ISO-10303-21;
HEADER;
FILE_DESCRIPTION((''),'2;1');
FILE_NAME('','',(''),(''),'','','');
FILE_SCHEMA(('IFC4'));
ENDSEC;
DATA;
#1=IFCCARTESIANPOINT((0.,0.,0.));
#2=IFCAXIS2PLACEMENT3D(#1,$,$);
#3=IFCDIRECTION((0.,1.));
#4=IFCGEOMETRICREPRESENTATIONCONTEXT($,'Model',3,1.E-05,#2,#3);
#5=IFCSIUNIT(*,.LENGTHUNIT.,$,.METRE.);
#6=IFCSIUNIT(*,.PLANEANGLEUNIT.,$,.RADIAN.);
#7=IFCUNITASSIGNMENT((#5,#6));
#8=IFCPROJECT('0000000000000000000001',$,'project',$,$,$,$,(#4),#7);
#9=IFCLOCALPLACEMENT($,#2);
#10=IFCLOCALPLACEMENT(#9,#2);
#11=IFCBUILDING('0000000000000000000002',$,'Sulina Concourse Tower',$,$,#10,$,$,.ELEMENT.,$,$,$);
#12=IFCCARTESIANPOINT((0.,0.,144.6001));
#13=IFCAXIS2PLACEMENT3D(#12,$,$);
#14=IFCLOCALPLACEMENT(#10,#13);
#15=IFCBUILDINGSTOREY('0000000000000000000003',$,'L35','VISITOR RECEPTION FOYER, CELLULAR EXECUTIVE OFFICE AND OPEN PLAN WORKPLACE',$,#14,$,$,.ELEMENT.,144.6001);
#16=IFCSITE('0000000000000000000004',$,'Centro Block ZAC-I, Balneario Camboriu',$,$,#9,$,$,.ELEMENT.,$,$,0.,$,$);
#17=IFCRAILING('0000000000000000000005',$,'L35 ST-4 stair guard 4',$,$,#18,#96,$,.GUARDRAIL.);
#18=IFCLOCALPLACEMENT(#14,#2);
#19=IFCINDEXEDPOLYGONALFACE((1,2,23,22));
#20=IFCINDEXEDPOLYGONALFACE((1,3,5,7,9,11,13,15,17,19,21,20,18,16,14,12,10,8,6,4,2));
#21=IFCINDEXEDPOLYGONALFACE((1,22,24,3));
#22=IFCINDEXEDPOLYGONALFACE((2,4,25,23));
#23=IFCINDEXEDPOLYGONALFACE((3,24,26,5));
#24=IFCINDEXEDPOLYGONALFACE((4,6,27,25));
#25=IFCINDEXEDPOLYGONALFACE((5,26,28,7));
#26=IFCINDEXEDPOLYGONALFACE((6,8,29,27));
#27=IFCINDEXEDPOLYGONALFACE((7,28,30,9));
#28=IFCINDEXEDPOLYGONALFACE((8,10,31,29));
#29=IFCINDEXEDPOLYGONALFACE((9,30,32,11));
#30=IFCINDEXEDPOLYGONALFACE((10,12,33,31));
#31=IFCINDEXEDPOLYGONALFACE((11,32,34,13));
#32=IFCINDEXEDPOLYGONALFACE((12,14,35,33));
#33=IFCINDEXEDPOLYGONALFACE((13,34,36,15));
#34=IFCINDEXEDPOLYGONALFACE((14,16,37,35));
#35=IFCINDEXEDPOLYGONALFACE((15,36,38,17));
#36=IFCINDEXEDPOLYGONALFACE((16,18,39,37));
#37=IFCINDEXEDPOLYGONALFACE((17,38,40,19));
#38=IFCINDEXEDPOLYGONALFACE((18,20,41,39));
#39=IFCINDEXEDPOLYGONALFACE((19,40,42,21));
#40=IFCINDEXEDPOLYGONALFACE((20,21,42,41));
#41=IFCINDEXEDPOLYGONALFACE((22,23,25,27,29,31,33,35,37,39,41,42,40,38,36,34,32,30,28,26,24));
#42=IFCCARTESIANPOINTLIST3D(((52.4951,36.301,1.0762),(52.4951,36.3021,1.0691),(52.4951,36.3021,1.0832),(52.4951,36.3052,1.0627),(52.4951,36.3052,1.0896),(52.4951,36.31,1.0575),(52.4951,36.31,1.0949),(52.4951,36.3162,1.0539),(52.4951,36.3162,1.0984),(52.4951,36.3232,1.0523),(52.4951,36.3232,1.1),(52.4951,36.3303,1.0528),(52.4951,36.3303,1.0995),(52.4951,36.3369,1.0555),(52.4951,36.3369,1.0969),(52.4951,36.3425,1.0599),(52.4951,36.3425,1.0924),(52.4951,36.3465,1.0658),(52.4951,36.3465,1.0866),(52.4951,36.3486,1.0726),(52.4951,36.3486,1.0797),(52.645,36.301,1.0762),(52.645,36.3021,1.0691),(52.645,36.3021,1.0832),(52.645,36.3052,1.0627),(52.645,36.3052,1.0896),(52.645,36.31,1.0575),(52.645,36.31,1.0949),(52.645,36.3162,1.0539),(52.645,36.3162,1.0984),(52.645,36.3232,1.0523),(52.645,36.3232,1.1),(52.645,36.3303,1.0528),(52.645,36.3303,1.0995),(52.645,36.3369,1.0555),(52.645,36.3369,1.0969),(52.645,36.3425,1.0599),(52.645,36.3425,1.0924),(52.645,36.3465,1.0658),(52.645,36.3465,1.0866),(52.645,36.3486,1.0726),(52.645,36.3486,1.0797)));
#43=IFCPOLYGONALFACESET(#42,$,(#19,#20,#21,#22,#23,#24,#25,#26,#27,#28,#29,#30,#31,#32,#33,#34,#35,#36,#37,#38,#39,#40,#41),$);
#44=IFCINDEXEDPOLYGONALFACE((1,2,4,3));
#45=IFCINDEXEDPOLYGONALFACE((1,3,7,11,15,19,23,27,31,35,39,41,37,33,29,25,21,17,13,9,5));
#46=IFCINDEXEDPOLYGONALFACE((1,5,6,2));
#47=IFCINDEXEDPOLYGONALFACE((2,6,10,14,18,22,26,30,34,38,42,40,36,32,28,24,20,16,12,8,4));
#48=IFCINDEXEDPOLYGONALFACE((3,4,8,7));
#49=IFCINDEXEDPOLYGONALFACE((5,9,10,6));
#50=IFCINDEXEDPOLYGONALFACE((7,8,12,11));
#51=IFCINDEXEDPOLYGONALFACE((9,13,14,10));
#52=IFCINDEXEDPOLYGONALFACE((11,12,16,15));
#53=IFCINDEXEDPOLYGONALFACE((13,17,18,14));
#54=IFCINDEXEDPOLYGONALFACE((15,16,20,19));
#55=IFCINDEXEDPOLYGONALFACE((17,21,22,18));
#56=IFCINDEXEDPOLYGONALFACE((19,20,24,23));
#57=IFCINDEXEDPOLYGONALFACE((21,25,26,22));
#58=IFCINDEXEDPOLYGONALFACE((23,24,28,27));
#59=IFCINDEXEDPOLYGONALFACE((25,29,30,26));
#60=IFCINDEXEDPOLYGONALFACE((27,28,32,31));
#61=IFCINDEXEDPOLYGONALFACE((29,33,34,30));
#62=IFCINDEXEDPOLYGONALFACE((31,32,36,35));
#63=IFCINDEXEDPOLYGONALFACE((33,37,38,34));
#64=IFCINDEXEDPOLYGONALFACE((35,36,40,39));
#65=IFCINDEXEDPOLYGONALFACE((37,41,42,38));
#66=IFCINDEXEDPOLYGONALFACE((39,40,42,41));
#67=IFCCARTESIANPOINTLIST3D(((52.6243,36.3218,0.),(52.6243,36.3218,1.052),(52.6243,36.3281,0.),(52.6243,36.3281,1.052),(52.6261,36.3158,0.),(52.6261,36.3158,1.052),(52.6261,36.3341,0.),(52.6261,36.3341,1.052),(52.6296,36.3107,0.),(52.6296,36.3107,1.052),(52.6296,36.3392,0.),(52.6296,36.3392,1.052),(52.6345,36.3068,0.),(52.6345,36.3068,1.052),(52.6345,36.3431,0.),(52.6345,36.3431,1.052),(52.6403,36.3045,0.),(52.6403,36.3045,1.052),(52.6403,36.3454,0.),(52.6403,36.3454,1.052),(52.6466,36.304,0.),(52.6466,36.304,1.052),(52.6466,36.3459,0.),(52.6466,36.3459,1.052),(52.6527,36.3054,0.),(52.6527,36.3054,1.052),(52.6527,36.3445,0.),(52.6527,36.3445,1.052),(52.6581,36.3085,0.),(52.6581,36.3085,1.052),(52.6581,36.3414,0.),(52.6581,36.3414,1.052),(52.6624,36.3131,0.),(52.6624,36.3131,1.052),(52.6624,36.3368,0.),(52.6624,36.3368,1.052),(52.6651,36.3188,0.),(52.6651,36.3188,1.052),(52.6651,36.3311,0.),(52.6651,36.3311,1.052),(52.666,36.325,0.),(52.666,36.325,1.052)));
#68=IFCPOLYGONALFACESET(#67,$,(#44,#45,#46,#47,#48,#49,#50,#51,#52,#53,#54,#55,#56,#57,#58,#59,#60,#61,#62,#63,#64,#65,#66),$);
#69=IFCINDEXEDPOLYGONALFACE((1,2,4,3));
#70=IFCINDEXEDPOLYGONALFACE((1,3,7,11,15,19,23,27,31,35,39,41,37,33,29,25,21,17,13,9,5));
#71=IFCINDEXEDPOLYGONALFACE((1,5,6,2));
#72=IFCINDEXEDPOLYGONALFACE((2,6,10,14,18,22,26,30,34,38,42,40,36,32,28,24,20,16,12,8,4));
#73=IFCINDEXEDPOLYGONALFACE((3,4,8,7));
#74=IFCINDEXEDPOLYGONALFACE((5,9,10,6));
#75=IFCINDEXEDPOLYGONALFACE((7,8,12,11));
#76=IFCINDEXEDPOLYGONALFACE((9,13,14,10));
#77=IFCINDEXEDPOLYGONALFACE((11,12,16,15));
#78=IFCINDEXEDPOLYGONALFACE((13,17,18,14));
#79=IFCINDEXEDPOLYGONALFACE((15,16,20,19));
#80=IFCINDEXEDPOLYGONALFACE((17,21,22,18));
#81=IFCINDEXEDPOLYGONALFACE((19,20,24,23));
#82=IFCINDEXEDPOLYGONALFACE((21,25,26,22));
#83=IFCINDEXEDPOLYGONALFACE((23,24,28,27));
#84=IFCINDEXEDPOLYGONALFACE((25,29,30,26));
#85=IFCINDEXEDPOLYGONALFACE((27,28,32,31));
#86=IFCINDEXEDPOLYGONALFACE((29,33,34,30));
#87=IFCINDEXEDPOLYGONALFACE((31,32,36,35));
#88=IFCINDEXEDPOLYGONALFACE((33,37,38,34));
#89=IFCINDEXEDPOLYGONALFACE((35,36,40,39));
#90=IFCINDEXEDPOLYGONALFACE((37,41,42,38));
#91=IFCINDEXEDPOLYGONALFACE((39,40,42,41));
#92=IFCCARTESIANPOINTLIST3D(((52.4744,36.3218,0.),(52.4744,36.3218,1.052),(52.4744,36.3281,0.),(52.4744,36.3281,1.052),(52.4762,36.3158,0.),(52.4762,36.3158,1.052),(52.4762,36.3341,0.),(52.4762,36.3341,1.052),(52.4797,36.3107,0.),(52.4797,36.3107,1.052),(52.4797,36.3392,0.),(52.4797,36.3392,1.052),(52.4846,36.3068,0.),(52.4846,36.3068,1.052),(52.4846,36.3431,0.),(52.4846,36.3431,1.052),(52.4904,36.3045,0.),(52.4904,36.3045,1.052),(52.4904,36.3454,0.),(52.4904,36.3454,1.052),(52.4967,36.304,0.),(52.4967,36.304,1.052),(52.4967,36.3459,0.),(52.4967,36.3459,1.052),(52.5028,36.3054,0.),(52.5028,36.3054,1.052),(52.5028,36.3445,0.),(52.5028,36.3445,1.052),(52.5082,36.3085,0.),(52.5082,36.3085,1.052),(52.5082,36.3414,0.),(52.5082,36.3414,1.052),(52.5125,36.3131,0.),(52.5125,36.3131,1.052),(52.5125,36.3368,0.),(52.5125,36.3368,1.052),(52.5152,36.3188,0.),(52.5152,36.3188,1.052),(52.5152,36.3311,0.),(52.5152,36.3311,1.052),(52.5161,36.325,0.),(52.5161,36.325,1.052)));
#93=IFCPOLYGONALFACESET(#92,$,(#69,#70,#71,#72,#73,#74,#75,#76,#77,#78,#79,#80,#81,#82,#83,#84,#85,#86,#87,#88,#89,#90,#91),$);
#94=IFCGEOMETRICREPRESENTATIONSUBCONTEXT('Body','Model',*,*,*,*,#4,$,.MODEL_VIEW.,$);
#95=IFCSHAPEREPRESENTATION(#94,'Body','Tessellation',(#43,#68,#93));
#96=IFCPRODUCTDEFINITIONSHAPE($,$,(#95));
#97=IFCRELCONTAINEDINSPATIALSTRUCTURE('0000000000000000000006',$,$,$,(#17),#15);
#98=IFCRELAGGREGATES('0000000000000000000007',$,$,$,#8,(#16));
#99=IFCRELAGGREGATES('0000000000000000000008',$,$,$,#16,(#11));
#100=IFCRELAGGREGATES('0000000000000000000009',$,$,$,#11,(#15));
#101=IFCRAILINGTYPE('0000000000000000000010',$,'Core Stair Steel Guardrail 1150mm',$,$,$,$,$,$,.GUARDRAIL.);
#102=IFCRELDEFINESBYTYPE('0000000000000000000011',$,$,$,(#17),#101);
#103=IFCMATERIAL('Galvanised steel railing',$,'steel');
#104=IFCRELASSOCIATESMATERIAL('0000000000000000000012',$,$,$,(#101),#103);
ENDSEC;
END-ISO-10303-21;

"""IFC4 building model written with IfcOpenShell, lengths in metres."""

from ifc_helpers import new_model, si_unit, direction, frame, origin, origin_2d, place, context, subcontext, project, spatial, circle, extrude, material, type_object, element, save


model = new_model("IFC4")

# Units and contexts
model_context = context("Model", 3, precision=1e-05, world=origin(), true_north=direction((0.0, 1.0)))
body_context = subcontext(model_context, "Body", "Model", "MODEL_VIEW")
ifc_project = project(units=[si_unit("LENGTHUNIT", "METRE"), si_unit("PLANEANGLEUNIT", "RADIAN")], contexts=[model_context])

# Site, building, storey
site_placement = place(None, origin())
site = spatial("IfcSite", under=ifc_project, at=site_placement, Name="Centro Block ZAC-I, Balneario Camboriu", CompositionType="ELEMENT", RefElevation=0.0)
building_placement = place(site_placement, origin())
building = spatial("IfcBuilding", under=site, at=building_placement, Name="Sulina Concourse Tower", CompositionType="ELEMENT")
storey_placement = place(building_placement, frame((0.0, 0.0, 144.6001)))
storey = spatial("IfcBuildingStorey", under=building, at=storey_placement, Name="L35", Description="VISITOR RECEPTION FOYER, CELLULAR EXECUTIVE OFFICE AND OPEN PLAN WORKPLACE", CompositionType="ELEMENT", Elevation=144.6001)

# Railing
ifc_material_1 = material(Name="Galvanised steel railing", Category="steel")
railing_type_1 = type_object("IfcRailingType", Name="Core Stair Steel Guardrail 1150mm", PredefinedType="GUARDRAIL", material=ifc_material_1)
railing_1_placement = place(storey_placement, frame((52.645, 36.325, 0.0)))
element("IfcRailing", 1, at=railing_1_placement, inside=storey, type_object=railing_type_1, Name="L35 ST-4 stair guard 4", PredefinedType="GUARDRAIL", context=body_context, shape_type="SweptSolid", body=[
    extrude(circle(Radius=0.0239, at=origin_2d()), frame((0.0, 0.0, 1.0762), z_axis=(-1.0, 0.0, 0.0), x_axis=(0.0, -1.0, 0.0)), (0.0, 0.0, 1.0), 0.1499),
    extrude(circle(Radius=0.021, at=origin_2d()), origin(), (0.0, 0.0, 1.0), 1.052),
    extrude(circle(Radius=0.021, at=origin_2d()), frame((-0.1499, 0.0, 0.0)), (0.0, 0.0, 1.0), 1.052),
])

save(model, "model.ifc")
